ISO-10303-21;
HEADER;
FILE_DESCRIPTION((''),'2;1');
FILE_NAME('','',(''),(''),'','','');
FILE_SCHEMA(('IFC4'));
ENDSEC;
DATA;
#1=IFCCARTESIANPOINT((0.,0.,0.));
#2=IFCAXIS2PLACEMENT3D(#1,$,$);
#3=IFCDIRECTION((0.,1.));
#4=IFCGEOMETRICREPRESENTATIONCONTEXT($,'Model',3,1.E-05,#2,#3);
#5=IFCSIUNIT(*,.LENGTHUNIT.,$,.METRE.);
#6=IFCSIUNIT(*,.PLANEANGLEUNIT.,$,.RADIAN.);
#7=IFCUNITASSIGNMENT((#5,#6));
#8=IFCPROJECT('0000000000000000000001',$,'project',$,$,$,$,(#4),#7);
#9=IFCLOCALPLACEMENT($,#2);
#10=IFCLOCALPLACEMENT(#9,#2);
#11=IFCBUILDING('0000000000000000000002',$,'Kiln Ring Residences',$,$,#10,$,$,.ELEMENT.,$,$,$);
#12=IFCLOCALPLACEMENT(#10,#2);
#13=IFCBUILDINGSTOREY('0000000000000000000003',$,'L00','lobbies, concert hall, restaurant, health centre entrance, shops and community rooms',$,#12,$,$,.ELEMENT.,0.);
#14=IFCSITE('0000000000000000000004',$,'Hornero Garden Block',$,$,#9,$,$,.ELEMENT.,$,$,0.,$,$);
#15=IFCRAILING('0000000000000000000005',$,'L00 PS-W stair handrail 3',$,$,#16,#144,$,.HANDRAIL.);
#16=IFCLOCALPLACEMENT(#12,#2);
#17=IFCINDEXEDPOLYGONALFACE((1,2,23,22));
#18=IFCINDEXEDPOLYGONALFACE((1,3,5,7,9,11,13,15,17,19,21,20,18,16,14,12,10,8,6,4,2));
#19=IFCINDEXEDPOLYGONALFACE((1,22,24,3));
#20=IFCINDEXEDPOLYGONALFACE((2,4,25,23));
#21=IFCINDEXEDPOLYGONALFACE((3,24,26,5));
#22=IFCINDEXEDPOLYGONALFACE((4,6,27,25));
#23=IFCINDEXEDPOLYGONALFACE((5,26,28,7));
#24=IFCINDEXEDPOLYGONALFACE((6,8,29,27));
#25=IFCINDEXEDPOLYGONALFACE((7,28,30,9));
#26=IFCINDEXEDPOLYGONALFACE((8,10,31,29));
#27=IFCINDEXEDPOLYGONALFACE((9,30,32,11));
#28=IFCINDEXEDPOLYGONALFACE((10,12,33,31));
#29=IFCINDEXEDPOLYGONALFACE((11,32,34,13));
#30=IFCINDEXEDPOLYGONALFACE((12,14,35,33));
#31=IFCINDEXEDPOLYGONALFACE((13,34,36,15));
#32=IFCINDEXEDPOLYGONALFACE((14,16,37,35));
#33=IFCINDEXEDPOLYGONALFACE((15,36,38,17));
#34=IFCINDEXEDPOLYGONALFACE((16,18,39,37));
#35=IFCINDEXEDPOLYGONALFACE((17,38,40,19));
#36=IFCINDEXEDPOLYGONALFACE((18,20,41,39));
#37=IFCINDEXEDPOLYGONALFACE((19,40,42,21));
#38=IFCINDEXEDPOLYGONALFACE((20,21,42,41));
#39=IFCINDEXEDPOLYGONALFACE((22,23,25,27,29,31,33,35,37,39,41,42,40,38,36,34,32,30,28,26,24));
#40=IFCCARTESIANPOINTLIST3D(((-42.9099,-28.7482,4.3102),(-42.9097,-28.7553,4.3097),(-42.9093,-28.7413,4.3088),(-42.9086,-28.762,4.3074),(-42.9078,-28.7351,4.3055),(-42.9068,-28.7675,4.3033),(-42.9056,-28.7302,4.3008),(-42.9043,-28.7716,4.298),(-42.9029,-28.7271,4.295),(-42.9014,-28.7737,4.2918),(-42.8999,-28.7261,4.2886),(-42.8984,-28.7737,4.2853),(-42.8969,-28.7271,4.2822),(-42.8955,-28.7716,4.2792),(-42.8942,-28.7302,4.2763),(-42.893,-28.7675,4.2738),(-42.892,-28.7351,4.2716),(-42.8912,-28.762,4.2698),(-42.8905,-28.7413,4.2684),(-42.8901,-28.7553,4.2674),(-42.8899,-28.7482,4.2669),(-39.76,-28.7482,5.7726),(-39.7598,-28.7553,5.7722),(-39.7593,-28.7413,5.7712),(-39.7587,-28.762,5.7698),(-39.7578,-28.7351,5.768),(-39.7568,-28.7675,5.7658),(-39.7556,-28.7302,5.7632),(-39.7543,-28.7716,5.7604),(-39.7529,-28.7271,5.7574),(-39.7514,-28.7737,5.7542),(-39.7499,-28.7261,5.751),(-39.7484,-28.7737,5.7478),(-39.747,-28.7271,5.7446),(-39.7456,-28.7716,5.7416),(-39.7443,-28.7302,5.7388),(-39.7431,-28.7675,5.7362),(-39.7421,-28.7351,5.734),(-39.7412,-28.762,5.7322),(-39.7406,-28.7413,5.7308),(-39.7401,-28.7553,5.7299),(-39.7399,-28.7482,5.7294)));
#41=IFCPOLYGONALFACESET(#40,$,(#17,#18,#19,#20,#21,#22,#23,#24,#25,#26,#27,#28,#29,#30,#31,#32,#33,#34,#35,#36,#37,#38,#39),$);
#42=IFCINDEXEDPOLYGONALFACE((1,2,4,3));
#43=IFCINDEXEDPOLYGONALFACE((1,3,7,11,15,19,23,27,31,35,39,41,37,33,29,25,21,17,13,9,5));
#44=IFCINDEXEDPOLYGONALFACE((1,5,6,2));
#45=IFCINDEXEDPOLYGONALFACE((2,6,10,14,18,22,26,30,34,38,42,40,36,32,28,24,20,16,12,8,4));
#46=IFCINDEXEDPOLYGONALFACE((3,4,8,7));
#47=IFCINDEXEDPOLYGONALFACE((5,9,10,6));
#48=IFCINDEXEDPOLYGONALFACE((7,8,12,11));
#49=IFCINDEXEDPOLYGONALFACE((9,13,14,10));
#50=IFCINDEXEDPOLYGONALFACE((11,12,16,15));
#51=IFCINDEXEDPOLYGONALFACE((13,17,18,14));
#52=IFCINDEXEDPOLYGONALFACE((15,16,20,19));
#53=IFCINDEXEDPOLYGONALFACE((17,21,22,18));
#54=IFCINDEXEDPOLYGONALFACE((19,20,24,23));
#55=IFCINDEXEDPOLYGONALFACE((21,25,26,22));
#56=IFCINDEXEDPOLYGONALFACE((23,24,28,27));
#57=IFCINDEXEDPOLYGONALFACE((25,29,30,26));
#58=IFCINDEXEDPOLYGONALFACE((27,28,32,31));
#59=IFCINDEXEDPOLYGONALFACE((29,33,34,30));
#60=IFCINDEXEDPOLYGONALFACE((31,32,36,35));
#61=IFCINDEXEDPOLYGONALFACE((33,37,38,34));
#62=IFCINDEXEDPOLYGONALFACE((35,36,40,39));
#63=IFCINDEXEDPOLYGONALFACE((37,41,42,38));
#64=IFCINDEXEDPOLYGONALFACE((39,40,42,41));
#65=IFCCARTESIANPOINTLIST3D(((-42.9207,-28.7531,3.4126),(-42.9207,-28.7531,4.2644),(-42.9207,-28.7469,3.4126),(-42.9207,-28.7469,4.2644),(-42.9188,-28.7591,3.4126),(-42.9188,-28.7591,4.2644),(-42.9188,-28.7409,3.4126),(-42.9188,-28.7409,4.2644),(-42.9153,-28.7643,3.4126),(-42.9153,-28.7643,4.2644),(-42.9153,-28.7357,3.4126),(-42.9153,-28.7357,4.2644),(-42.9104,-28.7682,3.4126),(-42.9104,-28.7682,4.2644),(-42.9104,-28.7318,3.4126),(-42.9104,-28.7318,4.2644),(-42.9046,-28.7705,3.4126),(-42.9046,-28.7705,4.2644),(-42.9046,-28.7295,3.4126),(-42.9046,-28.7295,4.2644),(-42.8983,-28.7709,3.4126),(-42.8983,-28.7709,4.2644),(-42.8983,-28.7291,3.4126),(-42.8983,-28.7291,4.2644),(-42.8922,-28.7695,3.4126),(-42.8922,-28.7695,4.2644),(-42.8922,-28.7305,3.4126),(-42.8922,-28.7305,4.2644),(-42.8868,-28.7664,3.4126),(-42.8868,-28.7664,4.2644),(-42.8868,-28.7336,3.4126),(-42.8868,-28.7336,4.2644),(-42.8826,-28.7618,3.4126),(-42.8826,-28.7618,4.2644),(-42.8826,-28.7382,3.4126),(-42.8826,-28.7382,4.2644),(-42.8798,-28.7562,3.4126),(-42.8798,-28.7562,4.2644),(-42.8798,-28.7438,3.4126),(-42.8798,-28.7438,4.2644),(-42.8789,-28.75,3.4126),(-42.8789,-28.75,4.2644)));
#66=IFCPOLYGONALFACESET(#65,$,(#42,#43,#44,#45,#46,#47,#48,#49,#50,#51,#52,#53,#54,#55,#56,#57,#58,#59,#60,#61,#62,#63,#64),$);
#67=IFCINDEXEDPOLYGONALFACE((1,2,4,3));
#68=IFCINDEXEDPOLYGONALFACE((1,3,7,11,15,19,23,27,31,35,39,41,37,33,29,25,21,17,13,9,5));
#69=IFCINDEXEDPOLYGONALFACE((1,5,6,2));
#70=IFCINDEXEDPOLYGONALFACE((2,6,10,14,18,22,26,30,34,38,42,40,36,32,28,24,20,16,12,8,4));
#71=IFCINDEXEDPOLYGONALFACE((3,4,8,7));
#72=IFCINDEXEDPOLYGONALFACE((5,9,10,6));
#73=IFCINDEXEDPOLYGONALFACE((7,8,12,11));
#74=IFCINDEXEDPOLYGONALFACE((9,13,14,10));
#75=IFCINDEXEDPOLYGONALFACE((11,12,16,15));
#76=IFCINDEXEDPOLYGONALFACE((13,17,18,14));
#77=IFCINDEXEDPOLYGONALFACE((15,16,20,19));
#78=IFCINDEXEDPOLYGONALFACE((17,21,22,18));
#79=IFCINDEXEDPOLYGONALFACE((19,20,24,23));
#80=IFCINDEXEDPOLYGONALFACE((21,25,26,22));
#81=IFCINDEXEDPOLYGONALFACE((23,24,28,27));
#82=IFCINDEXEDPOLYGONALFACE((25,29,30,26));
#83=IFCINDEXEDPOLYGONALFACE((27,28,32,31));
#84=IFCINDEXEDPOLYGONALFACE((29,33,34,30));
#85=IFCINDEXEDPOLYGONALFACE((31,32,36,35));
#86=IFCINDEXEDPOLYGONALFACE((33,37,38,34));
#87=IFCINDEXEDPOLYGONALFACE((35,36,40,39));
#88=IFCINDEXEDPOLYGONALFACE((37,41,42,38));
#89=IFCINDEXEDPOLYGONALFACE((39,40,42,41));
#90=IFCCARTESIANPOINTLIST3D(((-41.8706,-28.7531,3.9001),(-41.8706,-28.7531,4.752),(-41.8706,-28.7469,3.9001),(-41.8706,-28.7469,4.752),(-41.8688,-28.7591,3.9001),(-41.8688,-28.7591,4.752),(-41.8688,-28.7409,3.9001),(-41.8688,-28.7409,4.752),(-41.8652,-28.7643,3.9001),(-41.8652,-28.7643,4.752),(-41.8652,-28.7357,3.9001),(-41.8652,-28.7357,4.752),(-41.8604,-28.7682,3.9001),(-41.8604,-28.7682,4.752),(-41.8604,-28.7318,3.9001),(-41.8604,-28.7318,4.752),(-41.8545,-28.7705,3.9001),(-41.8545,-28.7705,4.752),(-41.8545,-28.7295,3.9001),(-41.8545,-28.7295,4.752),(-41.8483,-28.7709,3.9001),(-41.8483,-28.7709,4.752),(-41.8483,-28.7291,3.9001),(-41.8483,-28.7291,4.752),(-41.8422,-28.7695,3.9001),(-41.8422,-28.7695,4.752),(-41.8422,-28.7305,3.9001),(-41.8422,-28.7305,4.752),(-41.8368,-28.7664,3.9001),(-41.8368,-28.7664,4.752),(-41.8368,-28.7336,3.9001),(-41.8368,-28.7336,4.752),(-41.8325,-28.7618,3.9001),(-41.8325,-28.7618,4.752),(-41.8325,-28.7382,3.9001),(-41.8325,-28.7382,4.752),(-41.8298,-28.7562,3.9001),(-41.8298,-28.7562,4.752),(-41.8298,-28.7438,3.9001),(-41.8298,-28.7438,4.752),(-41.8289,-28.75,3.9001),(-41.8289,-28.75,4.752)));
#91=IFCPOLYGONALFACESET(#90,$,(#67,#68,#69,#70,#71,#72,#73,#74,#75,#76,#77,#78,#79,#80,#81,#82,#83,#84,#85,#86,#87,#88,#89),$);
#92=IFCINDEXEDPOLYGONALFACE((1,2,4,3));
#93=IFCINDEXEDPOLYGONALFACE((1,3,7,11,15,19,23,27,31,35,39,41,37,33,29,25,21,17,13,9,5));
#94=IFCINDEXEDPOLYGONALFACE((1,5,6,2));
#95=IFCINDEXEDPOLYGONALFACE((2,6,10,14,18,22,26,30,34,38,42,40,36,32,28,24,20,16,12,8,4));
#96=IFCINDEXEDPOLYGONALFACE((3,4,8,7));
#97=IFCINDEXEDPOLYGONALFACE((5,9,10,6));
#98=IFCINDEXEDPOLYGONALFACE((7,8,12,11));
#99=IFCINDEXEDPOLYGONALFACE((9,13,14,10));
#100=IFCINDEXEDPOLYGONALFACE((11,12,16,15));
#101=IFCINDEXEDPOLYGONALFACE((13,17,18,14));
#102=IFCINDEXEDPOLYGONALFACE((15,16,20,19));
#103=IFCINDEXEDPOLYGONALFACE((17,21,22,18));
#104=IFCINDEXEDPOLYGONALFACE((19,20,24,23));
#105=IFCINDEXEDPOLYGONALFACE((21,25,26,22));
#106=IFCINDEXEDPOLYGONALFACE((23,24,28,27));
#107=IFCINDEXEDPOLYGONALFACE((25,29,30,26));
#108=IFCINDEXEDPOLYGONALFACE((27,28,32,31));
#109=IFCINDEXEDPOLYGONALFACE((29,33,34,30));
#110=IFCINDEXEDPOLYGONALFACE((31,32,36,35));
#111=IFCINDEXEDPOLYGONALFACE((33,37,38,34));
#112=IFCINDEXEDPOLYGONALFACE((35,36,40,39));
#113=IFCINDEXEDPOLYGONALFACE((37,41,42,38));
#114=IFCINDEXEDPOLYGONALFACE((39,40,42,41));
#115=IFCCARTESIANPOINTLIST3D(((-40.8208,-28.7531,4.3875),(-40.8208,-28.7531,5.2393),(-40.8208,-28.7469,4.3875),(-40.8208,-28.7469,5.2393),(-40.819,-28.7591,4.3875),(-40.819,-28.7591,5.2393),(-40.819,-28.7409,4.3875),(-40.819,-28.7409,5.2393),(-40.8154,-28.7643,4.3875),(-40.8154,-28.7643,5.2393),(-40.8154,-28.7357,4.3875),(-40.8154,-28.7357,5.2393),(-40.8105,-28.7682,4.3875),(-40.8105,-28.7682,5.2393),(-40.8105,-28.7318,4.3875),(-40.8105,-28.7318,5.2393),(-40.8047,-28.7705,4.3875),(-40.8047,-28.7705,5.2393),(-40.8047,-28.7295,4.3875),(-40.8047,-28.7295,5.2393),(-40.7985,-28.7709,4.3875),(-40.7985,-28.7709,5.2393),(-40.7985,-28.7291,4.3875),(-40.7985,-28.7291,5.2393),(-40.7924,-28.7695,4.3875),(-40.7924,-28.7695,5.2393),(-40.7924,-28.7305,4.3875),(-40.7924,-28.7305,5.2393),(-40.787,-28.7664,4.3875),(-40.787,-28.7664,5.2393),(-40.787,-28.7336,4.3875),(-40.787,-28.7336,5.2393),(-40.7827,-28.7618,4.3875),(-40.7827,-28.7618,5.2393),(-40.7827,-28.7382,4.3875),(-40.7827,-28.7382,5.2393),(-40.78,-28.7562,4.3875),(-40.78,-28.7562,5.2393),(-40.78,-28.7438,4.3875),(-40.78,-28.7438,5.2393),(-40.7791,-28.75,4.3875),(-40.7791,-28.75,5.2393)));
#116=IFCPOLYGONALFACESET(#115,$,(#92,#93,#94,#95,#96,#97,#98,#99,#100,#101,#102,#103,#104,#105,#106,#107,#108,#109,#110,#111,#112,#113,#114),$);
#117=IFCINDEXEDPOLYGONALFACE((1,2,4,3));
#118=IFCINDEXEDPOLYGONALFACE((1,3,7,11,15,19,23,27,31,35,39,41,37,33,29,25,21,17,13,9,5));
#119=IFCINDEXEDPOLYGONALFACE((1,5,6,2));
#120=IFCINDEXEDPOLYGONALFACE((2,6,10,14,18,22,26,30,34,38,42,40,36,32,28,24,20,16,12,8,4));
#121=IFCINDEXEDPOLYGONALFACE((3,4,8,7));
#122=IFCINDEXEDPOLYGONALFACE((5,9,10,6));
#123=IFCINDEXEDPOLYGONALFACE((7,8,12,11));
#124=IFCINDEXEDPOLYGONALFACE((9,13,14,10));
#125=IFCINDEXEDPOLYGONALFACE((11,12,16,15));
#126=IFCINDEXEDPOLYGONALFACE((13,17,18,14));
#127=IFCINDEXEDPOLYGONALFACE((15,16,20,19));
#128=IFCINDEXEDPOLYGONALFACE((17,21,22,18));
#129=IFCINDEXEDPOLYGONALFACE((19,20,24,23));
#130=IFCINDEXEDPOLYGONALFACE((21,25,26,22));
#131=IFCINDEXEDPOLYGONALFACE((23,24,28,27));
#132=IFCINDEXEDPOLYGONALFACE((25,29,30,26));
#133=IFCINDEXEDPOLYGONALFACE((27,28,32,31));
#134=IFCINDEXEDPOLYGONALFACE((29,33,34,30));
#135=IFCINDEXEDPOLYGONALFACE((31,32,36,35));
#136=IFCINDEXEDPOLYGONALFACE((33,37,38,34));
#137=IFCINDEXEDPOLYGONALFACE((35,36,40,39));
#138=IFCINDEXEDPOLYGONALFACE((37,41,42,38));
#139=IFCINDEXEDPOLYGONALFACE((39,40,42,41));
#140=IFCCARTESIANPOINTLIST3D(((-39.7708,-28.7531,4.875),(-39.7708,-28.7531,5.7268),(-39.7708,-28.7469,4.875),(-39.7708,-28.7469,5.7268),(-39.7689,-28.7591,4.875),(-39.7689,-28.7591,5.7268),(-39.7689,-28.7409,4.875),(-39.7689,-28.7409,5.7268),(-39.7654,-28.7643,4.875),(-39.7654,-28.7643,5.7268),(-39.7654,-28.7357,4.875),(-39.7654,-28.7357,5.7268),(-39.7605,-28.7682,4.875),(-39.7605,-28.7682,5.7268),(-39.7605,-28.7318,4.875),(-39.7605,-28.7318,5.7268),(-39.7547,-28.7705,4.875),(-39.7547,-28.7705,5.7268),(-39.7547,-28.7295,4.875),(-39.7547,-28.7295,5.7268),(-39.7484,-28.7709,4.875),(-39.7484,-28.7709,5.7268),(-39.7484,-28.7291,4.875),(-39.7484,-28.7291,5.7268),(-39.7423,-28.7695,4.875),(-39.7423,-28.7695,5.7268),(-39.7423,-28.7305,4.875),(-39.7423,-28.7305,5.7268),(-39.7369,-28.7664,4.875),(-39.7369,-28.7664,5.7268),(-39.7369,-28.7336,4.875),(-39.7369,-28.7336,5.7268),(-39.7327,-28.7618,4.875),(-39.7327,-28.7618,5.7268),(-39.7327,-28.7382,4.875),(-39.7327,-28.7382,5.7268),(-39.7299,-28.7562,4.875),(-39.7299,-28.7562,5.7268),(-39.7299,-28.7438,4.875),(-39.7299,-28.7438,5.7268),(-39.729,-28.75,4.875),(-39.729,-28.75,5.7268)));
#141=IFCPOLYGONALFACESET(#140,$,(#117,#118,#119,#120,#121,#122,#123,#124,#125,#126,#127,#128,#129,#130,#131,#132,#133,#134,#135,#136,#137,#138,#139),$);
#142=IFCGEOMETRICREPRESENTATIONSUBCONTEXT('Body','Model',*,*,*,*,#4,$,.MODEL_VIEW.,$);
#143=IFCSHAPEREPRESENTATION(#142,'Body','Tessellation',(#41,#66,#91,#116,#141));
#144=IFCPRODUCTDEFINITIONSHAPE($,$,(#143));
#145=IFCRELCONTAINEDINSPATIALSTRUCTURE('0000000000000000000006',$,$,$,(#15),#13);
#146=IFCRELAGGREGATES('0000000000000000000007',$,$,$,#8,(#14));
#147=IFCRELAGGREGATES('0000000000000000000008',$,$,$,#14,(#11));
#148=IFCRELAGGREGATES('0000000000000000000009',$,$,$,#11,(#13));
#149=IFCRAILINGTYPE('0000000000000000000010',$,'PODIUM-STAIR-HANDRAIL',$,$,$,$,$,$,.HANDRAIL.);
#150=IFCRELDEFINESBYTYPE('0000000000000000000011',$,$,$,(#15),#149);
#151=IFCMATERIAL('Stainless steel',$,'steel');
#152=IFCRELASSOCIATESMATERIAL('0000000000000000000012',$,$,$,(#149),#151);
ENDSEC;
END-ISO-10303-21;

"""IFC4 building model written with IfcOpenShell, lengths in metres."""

from ifc_helpers import new_model, si_unit, direction, frame, origin, origin_2d, place, context, subcontext, project, spatial, circle, extrude, material, type_object, element, save


model = new_model("IFC4")

# Units and contexts
model_context = context("Model", 3, precision=1e-05, world=origin(), true_north=direction((0.0, 1.0)))
body_context = subcontext(model_context, "Body", "Model", "MODEL_VIEW")
ifc_project = project(units=[si_unit("LENGTHUNIT", "METRE"), si_unit("PLANEANGLEUNIT", "RADIAN")], contexts=[model_context])

# Site, building, storey
site_placement = place(None, origin())
site = spatial("IfcSite", under=ifc_project, at=site_placement, Name="Hornero Garden Block", CompositionType="ELEMENT", RefElevation=0.0)
building_placement = place(site_placement, origin())
building = spatial("IfcBuilding", under=site, at=building_placement, Name="Kiln Ring Residences", CompositionType="ELEMENT")
storey_placement = place(building_placement, origin())
storey = spatial("IfcBuildingStorey", under=building, at=storey_placement, Name="L00", Description="lobbies, concert hall, restaurant, health centre entrance, shops and community rooms", CompositionType="ELEMENT", Elevation=0.0)

# Railing
ifc_material_1 = material(Name="Stainless steel", Category="steel")
railing_type_1 = type_object("IfcRailingType", Name="PODIUM-STAIR-HANDRAIL", PredefinedType="HANDRAIL", material=ifc_material_1)
for number, where, name in (
    (1, (-42.8999, -28.75, 3.4126), "L00 PS-W stair handrail 3"),
):
    element("IfcRailing", number, at=place(storey_placement, frame(where)), inside=storey, type_object=railing_type_1, Name=name, PredefinedType="HANDRAIL", context=body_context, shape_type="SweptSolid", body=[
        extrude(circle(Radius=0.0239, at=origin_2d()), frame((0.0, 0.0, 0.876), z_axis=(0.907015, 0.0, 0.421099), x_axis=(0.0, 1.0, 0.0)), (0.0, 0.0, 1.0), 3.4729),
        extrude(circle(Radius=0.021, at=origin_2d()), origin(), (0.0, 0.0, 1.0), 0.8518),
        extrude(circle(Radius=0.021, at=origin_2d()), frame((1.05, 0.0, 0.4875)), (0.0, 0.0, 1.0), 0.8518),
        extrude(circle(Radius=0.021, at=origin_2d()), frame((2.0999, 0.0, 0.9749)), (0.0, 0.0, 1.0), 0.8518),
        extrude(circle(Radius=0.021, at=origin_2d()), frame((3.1499, 0.0, 1.4624)), (0.0, 0.0, 1.0), 0.8518),
    ])

save(model, "model.ifc")
